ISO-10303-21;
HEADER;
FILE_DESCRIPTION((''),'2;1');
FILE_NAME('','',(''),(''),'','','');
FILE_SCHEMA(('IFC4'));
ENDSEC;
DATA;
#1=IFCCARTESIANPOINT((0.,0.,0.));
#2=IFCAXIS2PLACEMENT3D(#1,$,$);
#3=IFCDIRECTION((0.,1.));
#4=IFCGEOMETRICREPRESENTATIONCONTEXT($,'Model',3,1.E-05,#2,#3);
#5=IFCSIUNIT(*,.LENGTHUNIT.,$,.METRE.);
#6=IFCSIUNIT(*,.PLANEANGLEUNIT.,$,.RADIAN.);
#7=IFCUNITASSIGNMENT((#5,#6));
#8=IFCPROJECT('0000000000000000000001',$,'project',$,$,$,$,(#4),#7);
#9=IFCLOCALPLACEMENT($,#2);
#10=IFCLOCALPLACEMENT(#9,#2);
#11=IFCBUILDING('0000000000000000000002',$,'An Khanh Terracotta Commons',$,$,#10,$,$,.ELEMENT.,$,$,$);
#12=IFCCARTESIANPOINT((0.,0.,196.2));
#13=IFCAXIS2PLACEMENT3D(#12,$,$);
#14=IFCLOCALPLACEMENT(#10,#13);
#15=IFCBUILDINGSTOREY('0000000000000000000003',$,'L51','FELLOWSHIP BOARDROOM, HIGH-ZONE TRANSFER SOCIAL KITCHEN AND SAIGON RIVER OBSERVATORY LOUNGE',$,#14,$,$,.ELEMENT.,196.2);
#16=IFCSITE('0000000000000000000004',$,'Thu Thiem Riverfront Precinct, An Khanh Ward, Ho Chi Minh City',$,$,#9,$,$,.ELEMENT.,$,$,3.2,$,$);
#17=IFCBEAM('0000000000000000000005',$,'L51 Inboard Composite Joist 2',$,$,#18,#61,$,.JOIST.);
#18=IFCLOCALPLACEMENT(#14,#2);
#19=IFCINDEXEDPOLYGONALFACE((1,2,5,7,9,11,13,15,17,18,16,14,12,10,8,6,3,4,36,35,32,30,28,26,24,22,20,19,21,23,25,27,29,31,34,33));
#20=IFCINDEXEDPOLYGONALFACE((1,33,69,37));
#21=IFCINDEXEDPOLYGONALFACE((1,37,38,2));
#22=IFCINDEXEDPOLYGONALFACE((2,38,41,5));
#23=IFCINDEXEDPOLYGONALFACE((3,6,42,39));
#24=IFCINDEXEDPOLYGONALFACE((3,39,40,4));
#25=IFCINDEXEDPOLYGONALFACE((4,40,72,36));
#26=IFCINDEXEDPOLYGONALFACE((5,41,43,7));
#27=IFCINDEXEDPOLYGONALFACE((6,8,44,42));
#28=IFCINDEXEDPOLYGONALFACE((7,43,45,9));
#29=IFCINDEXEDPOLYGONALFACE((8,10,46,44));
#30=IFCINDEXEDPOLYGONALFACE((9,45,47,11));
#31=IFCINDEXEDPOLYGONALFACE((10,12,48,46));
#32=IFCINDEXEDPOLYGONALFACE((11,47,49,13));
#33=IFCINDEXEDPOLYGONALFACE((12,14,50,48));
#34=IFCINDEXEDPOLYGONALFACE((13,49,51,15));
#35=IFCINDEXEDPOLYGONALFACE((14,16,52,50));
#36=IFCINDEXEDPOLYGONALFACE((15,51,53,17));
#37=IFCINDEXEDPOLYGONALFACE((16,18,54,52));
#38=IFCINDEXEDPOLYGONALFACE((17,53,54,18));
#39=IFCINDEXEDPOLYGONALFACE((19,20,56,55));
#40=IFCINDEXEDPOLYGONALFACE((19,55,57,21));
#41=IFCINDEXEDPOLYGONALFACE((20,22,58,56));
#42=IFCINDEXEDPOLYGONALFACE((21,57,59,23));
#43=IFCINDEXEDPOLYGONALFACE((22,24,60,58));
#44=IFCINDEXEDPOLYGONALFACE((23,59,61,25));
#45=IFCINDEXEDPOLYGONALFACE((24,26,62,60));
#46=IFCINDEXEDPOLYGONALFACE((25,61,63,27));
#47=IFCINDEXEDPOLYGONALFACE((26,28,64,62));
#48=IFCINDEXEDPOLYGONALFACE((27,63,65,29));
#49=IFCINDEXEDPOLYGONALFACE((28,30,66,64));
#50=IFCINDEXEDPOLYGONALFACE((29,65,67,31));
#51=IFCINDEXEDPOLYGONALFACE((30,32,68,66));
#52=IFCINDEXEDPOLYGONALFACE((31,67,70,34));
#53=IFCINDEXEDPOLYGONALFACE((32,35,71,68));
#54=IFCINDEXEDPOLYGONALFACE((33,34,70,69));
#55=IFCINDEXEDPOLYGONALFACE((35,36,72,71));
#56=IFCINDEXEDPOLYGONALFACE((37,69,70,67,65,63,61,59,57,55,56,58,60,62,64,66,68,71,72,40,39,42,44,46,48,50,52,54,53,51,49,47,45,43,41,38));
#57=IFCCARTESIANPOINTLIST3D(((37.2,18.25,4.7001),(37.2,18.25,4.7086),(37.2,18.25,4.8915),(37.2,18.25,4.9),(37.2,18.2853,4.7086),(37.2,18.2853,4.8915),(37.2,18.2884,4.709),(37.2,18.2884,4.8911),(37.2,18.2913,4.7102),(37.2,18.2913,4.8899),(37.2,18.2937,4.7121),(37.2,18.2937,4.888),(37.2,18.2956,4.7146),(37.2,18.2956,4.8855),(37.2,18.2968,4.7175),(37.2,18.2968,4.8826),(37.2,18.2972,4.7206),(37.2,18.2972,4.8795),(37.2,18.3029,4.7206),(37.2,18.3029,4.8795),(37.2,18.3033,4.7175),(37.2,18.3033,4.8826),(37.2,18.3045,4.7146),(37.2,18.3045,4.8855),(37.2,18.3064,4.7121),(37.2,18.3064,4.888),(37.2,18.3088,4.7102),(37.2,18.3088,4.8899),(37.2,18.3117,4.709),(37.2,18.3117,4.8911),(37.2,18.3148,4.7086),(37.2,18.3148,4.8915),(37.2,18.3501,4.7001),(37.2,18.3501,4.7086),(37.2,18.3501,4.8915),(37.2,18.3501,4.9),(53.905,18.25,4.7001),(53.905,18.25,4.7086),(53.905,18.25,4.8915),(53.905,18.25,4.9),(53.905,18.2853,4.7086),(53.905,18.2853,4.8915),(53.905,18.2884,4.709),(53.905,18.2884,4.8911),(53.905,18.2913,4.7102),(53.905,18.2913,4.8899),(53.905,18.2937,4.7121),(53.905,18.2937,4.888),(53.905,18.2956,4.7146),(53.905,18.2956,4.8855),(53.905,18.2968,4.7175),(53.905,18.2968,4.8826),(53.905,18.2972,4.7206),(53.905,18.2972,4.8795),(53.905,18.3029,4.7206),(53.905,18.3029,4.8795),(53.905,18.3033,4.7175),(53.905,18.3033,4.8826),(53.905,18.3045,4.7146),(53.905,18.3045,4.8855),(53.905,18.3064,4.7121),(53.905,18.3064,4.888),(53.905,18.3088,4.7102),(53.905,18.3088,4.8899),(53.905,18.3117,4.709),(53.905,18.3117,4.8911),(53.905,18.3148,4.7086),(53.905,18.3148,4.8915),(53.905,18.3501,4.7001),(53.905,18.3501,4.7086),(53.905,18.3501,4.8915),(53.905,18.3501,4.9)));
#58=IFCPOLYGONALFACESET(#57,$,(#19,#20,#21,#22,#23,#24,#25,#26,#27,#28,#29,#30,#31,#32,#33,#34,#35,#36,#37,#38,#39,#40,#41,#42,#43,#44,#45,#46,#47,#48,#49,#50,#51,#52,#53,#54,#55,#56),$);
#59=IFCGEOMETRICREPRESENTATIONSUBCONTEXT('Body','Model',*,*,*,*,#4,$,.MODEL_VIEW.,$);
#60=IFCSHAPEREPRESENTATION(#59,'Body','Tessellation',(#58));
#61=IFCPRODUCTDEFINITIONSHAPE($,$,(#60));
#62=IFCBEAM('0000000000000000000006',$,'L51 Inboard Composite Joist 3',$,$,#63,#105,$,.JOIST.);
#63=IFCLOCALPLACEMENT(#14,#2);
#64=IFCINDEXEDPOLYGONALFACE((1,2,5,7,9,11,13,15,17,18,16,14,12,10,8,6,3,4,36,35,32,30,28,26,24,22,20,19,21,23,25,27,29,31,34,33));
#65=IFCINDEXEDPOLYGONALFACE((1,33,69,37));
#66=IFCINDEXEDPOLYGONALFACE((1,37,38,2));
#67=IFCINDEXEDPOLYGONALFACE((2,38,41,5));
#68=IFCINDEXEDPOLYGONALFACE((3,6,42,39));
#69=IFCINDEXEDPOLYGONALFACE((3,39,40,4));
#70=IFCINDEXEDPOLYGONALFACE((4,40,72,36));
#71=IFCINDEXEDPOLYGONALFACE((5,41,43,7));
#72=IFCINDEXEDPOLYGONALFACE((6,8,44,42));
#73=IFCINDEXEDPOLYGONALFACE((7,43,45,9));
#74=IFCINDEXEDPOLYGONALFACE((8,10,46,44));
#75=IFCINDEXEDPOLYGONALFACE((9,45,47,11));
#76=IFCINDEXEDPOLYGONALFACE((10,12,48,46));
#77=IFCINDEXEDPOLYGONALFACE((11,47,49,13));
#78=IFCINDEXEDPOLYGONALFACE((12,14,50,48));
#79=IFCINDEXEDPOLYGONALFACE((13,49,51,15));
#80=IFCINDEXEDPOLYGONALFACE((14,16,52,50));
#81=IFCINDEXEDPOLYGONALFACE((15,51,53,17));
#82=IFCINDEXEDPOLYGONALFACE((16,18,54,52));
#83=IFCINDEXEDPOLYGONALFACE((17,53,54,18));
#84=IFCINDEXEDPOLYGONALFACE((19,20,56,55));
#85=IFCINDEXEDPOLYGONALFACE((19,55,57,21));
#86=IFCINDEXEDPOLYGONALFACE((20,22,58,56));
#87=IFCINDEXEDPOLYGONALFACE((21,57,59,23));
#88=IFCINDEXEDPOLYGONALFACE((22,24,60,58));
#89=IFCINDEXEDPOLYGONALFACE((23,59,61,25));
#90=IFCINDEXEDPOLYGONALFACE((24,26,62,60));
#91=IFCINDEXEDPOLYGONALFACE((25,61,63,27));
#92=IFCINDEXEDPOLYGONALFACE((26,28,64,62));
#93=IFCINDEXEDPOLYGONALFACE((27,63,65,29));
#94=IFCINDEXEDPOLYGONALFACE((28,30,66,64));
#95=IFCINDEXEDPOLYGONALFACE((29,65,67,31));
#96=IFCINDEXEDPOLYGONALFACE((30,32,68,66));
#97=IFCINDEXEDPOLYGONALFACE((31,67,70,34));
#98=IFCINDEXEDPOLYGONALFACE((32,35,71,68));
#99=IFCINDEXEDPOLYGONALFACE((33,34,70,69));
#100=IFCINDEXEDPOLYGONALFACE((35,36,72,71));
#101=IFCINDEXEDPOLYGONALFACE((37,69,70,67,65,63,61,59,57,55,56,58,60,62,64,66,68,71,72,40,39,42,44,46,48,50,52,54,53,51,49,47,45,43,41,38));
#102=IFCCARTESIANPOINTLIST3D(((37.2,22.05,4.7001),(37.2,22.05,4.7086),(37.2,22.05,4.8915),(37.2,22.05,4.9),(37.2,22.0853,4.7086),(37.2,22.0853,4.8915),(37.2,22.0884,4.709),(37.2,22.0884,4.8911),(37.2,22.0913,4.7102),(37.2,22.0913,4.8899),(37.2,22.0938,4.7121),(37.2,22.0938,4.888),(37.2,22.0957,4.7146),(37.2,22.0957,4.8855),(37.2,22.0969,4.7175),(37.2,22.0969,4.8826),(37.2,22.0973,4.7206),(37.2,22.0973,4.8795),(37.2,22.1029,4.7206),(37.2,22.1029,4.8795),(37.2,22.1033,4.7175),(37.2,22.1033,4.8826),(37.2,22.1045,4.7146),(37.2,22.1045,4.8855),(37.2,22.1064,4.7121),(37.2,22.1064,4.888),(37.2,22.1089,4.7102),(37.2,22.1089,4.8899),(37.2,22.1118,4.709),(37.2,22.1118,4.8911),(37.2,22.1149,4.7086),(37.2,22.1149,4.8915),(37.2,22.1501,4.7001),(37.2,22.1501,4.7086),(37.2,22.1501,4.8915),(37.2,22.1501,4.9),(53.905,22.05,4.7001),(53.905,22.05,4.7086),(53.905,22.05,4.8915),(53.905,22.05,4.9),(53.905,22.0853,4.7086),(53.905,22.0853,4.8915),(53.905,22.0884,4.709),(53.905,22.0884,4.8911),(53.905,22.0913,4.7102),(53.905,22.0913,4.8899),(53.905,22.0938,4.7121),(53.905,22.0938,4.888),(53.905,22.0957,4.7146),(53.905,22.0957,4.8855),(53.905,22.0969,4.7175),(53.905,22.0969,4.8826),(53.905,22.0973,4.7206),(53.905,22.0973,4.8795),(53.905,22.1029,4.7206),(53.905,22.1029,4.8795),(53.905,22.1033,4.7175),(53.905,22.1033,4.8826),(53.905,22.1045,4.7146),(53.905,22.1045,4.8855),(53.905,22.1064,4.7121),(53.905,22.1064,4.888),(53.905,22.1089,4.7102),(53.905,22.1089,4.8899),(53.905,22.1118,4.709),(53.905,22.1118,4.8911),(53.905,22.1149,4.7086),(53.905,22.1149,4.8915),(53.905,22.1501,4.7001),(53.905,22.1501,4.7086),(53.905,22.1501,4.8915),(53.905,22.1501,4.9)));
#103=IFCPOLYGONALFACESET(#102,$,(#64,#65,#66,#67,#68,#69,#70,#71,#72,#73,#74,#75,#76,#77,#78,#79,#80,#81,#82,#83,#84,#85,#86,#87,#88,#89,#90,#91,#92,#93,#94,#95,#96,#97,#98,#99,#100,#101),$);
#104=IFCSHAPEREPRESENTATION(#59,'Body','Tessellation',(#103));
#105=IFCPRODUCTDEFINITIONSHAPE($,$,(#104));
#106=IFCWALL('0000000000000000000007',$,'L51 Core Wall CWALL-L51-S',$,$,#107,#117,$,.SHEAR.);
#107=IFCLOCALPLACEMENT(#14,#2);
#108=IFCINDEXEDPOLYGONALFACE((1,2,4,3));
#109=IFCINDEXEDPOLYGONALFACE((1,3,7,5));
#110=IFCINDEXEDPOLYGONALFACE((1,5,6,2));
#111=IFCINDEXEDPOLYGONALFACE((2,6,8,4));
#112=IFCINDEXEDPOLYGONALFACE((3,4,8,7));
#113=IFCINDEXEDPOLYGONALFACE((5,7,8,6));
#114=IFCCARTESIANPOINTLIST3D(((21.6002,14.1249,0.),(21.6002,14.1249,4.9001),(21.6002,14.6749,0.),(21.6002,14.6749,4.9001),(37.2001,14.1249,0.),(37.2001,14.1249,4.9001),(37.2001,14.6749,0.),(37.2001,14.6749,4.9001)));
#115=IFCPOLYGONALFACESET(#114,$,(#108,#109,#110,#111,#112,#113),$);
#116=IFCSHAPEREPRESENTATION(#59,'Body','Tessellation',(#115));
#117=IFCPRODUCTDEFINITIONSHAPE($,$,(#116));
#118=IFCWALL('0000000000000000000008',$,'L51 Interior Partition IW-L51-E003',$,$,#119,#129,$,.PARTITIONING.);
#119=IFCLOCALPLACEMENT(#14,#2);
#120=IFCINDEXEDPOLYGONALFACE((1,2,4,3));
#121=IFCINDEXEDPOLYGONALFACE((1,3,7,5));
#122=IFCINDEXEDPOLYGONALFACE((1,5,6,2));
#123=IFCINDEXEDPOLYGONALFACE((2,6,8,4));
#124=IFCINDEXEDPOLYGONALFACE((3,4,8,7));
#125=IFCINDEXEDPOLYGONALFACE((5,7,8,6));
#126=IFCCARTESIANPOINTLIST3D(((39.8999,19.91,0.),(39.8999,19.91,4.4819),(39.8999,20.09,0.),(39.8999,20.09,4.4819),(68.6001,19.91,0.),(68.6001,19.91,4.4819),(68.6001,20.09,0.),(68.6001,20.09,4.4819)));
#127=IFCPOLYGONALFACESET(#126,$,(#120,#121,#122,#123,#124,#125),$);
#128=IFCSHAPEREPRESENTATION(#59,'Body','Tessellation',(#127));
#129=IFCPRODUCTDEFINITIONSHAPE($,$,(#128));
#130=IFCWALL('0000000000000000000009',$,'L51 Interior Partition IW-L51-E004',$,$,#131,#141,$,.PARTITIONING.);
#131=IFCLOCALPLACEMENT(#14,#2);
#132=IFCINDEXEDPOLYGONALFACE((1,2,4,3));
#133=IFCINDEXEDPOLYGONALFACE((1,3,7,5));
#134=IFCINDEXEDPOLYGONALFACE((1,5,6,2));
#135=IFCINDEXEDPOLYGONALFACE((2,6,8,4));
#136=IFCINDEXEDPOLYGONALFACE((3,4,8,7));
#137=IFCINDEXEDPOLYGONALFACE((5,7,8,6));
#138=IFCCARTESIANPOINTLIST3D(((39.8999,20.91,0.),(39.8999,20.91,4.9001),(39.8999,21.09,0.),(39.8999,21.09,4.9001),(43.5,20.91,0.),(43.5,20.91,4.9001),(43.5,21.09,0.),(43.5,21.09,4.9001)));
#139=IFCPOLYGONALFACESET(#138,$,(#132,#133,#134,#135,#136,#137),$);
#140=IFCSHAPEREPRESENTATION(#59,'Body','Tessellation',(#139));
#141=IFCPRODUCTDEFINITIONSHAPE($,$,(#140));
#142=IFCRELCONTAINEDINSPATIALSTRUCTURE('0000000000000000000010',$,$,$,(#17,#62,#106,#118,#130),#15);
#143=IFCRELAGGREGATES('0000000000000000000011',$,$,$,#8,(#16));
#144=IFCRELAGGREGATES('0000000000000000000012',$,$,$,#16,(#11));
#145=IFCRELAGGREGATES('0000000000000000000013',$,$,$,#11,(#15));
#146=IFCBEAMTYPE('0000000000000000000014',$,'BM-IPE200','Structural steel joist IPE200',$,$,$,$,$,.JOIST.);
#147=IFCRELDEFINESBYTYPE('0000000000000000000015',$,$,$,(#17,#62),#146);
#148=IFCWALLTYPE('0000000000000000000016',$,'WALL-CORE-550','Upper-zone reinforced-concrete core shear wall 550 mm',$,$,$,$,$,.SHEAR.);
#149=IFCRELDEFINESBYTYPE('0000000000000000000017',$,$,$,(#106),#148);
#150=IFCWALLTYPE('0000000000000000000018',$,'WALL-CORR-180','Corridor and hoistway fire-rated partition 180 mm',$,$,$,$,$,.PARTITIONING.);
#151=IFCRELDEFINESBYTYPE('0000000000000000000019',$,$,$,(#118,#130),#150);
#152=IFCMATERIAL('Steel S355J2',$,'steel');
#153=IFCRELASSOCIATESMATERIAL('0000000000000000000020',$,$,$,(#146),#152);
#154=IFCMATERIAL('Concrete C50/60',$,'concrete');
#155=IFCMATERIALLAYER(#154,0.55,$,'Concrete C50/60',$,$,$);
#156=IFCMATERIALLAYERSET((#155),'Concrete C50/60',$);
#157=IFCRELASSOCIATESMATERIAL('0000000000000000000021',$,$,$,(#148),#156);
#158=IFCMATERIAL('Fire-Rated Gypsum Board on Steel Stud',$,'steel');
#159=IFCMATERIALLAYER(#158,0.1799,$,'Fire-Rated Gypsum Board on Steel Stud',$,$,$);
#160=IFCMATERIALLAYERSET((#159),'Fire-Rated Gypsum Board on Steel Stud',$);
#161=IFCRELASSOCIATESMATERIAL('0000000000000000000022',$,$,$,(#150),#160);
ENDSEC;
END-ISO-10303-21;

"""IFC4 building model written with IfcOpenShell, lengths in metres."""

from ifc_helpers import new_model, si_unit, direction, frame, frame_2d, origin, origin_2d, place, context, subcontext, project, spatial, rectangle, i_section, extrude, material, layer, layer_set, material_profile, profile_set, type_object, element, save


model = new_model("IFC4")

# Units and contexts
model_context = context("Model", 3, precision=1e-05, world=origin(), true_north=direction((0.0, 1.0)))
body_context = subcontext(model_context, "Body", "Model", "MODEL_VIEW")
ifc_project = project(units=[si_unit("LENGTHUNIT", "METRE"), si_unit("PLANEANGLEUNIT", "RADIAN")], contexts=[model_context])

# Site, building, storey
site_placement = place(None, origin())
site = spatial("IfcSite", under=ifc_project, at=site_placement, Name="Thu Thiem Riverfront Precinct, An Khanh Ward, Ho Chi Minh City", CompositionType="ELEMENT", RefElevation=3.2)
building_placement = place(site_placement, origin())
building = spatial("IfcBuilding", under=site, at=building_placement, Name="An Khanh Terracotta Commons", CompositionType="ELEMENT")
storey_placement = place(building_placement, frame((0.0, 0.0, 196.2)))
storey = spatial("IfcBuildingStorey", under=building, at=storey_placement, Name="L51", Description="FELLOWSHIP BOARDROOM, HIGH-ZONE TRANSFER SOCIAL KITCHEN AND SAIGON RIVER OBSERVATORY LOUNGE", CompositionType="ELEMENT", Elevation=196.2)

# Beams
ifc_material_1 = material(Name="Steel S355J2", Category="steel")
ifc_material_profile_1 = material_profile(ifc_material_1, i_section(OverallWidth=0.1001, OverallDepth=0.2, WebThickness=0.0056, FlangeThickness=0.0085, FilletRadius=0.012, at=origin_2d()), Name="IPE200")
ifc_profile_set_1 = profile_set([ifc_material_profile_1], Name="Steel S355J2")
beam_type_1 = type_object("IfcBeamType", Name="BM-IPE200", Description="Structural steel joist IPE200", PredefinedType="JOIST", material=ifc_profile_set_1)
for number, where, z_axis, x_axis, name in (
    (1, (37.2, 18.3, 4.8), (1.0, 0.0, 0.0), (0.0, 1.0, 0.0), "L51 Inboard Composite Joist 2"),
    (2, (37.2, 22.1001, 4.8), (1.0, 0.0, 0.0), (0.0, 1.0, 0.0), "L51 Inboard Composite Joist 3"),
):
    element("IfcBeam", number, at=place(storey_placement, frame(where, z_axis=z_axis, x_axis=x_axis)), inside=storey, type_object=beam_type_1, Name=name, PredefinedType="JOIST", context=body_context, shape_type="SweptSolid", body=[
        extrude(i_section(OverallWidth=0.1001, OverallDepth=0.2, WebThickness=0.0056, FlangeThickness=0.0085, FilletRadius=0.012, at=origin_2d()), origin(), (0.0, 0.0, 1.0), 16.7051),
    ])

# Wall
ifc_material_2 = material(Name="Concrete C50/60", Category="concrete")
ifc_layer_1 = layer(ifc_material_2, 0.55, Name="Concrete C50/60")
ifc_layer_set_1 = layer_set([ifc_layer_1], Name="Concrete C50/60")
wall_type_1 = type_object("IfcWallType", Name="WALL-CORE-550", Description="Upper-zone reinforced-concrete core shear wall 550 mm", PredefinedType="SHEAR", material=ifc_layer_set_1)
wall_1_placement = place(storey_placement, frame((37.2, 14.3999, 0.0), z_axis=(0.0, 0.0, 1.0), x_axis=(-1.0, 0.0, 0.0)))
element("IfcWall", 3, at=wall_1_placement, inside=storey, type_object=wall_type_1, Name="L51 Core Wall CWALL-L51-S", PredefinedType="SHEAR", context=body_context, shape_type="SweptSolid", body=[
    extrude(rectangle(XDim=15.5999, YDim=0.55, at=frame_2d((7.7998, 0.0))), origin(), (0.0, 0.0, 1.0), 4.9001),
])

# Walls
ifc_material_3 = material(Name="Fire-Rated Gypsum Board on Steel Stud", Category="steel")
ifc_layer_2 = layer(ifc_material_3, 0.1799, Name="Fire-Rated Gypsum Board on Steel Stud")
ifc_layer_set_2 = layer_set([ifc_layer_2], Name="Fire-Rated Gypsum Board on Steel Stud")
wall_type_2 = type_object("IfcWallType", Name="WALL-CORR-180", Description="Corridor and hoistway fire-rated partition 180 mm", PredefinedType="PARTITIONING", material=ifc_layer_set_2)
wall_2_placement = place(storey_placement, frame((39.8999, 20.0, 0.0), z_axis=(0.0, 0.0, 1.0), x_axis=(1.0, 0.0, 0.0)))
element("IfcWall", 4, at=wall_2_placement, inside=storey, type_object=wall_type_2, Name="L51 Interior Partition IW-L51-E003", PredefinedType="PARTITIONING", context=body_context, shape_type="SweptSolid", body=[
    extrude(rectangle(XDim=28.7002, YDim=0.1799, at=frame_2d((14.3501, 0.0))), origin(), (0.0, 0.0, 1.0), 4.4819),
])
wall_3_placement = place(storey_placement, frame((39.8999, 21.0, 0.0), z_axis=(0.0, 0.0, 1.0), x_axis=(1.0, 0.0, 0.0)))
element("IfcWall", 5, at=wall_3_placement, inside=storey, type_object=wall_type_2, Name="L51 Interior Partition IW-L51-E004", PredefinedType="PARTITIONING", context=body_context, shape_type="SweptSolid", body=[
    extrude(rectangle(XDim=3.6001, YDim=0.1799, at=frame_2d((1.8, 0.0))), origin(), (0.0, 0.0, 1.0), 4.9001),
])

save(model, "model.ifc")
